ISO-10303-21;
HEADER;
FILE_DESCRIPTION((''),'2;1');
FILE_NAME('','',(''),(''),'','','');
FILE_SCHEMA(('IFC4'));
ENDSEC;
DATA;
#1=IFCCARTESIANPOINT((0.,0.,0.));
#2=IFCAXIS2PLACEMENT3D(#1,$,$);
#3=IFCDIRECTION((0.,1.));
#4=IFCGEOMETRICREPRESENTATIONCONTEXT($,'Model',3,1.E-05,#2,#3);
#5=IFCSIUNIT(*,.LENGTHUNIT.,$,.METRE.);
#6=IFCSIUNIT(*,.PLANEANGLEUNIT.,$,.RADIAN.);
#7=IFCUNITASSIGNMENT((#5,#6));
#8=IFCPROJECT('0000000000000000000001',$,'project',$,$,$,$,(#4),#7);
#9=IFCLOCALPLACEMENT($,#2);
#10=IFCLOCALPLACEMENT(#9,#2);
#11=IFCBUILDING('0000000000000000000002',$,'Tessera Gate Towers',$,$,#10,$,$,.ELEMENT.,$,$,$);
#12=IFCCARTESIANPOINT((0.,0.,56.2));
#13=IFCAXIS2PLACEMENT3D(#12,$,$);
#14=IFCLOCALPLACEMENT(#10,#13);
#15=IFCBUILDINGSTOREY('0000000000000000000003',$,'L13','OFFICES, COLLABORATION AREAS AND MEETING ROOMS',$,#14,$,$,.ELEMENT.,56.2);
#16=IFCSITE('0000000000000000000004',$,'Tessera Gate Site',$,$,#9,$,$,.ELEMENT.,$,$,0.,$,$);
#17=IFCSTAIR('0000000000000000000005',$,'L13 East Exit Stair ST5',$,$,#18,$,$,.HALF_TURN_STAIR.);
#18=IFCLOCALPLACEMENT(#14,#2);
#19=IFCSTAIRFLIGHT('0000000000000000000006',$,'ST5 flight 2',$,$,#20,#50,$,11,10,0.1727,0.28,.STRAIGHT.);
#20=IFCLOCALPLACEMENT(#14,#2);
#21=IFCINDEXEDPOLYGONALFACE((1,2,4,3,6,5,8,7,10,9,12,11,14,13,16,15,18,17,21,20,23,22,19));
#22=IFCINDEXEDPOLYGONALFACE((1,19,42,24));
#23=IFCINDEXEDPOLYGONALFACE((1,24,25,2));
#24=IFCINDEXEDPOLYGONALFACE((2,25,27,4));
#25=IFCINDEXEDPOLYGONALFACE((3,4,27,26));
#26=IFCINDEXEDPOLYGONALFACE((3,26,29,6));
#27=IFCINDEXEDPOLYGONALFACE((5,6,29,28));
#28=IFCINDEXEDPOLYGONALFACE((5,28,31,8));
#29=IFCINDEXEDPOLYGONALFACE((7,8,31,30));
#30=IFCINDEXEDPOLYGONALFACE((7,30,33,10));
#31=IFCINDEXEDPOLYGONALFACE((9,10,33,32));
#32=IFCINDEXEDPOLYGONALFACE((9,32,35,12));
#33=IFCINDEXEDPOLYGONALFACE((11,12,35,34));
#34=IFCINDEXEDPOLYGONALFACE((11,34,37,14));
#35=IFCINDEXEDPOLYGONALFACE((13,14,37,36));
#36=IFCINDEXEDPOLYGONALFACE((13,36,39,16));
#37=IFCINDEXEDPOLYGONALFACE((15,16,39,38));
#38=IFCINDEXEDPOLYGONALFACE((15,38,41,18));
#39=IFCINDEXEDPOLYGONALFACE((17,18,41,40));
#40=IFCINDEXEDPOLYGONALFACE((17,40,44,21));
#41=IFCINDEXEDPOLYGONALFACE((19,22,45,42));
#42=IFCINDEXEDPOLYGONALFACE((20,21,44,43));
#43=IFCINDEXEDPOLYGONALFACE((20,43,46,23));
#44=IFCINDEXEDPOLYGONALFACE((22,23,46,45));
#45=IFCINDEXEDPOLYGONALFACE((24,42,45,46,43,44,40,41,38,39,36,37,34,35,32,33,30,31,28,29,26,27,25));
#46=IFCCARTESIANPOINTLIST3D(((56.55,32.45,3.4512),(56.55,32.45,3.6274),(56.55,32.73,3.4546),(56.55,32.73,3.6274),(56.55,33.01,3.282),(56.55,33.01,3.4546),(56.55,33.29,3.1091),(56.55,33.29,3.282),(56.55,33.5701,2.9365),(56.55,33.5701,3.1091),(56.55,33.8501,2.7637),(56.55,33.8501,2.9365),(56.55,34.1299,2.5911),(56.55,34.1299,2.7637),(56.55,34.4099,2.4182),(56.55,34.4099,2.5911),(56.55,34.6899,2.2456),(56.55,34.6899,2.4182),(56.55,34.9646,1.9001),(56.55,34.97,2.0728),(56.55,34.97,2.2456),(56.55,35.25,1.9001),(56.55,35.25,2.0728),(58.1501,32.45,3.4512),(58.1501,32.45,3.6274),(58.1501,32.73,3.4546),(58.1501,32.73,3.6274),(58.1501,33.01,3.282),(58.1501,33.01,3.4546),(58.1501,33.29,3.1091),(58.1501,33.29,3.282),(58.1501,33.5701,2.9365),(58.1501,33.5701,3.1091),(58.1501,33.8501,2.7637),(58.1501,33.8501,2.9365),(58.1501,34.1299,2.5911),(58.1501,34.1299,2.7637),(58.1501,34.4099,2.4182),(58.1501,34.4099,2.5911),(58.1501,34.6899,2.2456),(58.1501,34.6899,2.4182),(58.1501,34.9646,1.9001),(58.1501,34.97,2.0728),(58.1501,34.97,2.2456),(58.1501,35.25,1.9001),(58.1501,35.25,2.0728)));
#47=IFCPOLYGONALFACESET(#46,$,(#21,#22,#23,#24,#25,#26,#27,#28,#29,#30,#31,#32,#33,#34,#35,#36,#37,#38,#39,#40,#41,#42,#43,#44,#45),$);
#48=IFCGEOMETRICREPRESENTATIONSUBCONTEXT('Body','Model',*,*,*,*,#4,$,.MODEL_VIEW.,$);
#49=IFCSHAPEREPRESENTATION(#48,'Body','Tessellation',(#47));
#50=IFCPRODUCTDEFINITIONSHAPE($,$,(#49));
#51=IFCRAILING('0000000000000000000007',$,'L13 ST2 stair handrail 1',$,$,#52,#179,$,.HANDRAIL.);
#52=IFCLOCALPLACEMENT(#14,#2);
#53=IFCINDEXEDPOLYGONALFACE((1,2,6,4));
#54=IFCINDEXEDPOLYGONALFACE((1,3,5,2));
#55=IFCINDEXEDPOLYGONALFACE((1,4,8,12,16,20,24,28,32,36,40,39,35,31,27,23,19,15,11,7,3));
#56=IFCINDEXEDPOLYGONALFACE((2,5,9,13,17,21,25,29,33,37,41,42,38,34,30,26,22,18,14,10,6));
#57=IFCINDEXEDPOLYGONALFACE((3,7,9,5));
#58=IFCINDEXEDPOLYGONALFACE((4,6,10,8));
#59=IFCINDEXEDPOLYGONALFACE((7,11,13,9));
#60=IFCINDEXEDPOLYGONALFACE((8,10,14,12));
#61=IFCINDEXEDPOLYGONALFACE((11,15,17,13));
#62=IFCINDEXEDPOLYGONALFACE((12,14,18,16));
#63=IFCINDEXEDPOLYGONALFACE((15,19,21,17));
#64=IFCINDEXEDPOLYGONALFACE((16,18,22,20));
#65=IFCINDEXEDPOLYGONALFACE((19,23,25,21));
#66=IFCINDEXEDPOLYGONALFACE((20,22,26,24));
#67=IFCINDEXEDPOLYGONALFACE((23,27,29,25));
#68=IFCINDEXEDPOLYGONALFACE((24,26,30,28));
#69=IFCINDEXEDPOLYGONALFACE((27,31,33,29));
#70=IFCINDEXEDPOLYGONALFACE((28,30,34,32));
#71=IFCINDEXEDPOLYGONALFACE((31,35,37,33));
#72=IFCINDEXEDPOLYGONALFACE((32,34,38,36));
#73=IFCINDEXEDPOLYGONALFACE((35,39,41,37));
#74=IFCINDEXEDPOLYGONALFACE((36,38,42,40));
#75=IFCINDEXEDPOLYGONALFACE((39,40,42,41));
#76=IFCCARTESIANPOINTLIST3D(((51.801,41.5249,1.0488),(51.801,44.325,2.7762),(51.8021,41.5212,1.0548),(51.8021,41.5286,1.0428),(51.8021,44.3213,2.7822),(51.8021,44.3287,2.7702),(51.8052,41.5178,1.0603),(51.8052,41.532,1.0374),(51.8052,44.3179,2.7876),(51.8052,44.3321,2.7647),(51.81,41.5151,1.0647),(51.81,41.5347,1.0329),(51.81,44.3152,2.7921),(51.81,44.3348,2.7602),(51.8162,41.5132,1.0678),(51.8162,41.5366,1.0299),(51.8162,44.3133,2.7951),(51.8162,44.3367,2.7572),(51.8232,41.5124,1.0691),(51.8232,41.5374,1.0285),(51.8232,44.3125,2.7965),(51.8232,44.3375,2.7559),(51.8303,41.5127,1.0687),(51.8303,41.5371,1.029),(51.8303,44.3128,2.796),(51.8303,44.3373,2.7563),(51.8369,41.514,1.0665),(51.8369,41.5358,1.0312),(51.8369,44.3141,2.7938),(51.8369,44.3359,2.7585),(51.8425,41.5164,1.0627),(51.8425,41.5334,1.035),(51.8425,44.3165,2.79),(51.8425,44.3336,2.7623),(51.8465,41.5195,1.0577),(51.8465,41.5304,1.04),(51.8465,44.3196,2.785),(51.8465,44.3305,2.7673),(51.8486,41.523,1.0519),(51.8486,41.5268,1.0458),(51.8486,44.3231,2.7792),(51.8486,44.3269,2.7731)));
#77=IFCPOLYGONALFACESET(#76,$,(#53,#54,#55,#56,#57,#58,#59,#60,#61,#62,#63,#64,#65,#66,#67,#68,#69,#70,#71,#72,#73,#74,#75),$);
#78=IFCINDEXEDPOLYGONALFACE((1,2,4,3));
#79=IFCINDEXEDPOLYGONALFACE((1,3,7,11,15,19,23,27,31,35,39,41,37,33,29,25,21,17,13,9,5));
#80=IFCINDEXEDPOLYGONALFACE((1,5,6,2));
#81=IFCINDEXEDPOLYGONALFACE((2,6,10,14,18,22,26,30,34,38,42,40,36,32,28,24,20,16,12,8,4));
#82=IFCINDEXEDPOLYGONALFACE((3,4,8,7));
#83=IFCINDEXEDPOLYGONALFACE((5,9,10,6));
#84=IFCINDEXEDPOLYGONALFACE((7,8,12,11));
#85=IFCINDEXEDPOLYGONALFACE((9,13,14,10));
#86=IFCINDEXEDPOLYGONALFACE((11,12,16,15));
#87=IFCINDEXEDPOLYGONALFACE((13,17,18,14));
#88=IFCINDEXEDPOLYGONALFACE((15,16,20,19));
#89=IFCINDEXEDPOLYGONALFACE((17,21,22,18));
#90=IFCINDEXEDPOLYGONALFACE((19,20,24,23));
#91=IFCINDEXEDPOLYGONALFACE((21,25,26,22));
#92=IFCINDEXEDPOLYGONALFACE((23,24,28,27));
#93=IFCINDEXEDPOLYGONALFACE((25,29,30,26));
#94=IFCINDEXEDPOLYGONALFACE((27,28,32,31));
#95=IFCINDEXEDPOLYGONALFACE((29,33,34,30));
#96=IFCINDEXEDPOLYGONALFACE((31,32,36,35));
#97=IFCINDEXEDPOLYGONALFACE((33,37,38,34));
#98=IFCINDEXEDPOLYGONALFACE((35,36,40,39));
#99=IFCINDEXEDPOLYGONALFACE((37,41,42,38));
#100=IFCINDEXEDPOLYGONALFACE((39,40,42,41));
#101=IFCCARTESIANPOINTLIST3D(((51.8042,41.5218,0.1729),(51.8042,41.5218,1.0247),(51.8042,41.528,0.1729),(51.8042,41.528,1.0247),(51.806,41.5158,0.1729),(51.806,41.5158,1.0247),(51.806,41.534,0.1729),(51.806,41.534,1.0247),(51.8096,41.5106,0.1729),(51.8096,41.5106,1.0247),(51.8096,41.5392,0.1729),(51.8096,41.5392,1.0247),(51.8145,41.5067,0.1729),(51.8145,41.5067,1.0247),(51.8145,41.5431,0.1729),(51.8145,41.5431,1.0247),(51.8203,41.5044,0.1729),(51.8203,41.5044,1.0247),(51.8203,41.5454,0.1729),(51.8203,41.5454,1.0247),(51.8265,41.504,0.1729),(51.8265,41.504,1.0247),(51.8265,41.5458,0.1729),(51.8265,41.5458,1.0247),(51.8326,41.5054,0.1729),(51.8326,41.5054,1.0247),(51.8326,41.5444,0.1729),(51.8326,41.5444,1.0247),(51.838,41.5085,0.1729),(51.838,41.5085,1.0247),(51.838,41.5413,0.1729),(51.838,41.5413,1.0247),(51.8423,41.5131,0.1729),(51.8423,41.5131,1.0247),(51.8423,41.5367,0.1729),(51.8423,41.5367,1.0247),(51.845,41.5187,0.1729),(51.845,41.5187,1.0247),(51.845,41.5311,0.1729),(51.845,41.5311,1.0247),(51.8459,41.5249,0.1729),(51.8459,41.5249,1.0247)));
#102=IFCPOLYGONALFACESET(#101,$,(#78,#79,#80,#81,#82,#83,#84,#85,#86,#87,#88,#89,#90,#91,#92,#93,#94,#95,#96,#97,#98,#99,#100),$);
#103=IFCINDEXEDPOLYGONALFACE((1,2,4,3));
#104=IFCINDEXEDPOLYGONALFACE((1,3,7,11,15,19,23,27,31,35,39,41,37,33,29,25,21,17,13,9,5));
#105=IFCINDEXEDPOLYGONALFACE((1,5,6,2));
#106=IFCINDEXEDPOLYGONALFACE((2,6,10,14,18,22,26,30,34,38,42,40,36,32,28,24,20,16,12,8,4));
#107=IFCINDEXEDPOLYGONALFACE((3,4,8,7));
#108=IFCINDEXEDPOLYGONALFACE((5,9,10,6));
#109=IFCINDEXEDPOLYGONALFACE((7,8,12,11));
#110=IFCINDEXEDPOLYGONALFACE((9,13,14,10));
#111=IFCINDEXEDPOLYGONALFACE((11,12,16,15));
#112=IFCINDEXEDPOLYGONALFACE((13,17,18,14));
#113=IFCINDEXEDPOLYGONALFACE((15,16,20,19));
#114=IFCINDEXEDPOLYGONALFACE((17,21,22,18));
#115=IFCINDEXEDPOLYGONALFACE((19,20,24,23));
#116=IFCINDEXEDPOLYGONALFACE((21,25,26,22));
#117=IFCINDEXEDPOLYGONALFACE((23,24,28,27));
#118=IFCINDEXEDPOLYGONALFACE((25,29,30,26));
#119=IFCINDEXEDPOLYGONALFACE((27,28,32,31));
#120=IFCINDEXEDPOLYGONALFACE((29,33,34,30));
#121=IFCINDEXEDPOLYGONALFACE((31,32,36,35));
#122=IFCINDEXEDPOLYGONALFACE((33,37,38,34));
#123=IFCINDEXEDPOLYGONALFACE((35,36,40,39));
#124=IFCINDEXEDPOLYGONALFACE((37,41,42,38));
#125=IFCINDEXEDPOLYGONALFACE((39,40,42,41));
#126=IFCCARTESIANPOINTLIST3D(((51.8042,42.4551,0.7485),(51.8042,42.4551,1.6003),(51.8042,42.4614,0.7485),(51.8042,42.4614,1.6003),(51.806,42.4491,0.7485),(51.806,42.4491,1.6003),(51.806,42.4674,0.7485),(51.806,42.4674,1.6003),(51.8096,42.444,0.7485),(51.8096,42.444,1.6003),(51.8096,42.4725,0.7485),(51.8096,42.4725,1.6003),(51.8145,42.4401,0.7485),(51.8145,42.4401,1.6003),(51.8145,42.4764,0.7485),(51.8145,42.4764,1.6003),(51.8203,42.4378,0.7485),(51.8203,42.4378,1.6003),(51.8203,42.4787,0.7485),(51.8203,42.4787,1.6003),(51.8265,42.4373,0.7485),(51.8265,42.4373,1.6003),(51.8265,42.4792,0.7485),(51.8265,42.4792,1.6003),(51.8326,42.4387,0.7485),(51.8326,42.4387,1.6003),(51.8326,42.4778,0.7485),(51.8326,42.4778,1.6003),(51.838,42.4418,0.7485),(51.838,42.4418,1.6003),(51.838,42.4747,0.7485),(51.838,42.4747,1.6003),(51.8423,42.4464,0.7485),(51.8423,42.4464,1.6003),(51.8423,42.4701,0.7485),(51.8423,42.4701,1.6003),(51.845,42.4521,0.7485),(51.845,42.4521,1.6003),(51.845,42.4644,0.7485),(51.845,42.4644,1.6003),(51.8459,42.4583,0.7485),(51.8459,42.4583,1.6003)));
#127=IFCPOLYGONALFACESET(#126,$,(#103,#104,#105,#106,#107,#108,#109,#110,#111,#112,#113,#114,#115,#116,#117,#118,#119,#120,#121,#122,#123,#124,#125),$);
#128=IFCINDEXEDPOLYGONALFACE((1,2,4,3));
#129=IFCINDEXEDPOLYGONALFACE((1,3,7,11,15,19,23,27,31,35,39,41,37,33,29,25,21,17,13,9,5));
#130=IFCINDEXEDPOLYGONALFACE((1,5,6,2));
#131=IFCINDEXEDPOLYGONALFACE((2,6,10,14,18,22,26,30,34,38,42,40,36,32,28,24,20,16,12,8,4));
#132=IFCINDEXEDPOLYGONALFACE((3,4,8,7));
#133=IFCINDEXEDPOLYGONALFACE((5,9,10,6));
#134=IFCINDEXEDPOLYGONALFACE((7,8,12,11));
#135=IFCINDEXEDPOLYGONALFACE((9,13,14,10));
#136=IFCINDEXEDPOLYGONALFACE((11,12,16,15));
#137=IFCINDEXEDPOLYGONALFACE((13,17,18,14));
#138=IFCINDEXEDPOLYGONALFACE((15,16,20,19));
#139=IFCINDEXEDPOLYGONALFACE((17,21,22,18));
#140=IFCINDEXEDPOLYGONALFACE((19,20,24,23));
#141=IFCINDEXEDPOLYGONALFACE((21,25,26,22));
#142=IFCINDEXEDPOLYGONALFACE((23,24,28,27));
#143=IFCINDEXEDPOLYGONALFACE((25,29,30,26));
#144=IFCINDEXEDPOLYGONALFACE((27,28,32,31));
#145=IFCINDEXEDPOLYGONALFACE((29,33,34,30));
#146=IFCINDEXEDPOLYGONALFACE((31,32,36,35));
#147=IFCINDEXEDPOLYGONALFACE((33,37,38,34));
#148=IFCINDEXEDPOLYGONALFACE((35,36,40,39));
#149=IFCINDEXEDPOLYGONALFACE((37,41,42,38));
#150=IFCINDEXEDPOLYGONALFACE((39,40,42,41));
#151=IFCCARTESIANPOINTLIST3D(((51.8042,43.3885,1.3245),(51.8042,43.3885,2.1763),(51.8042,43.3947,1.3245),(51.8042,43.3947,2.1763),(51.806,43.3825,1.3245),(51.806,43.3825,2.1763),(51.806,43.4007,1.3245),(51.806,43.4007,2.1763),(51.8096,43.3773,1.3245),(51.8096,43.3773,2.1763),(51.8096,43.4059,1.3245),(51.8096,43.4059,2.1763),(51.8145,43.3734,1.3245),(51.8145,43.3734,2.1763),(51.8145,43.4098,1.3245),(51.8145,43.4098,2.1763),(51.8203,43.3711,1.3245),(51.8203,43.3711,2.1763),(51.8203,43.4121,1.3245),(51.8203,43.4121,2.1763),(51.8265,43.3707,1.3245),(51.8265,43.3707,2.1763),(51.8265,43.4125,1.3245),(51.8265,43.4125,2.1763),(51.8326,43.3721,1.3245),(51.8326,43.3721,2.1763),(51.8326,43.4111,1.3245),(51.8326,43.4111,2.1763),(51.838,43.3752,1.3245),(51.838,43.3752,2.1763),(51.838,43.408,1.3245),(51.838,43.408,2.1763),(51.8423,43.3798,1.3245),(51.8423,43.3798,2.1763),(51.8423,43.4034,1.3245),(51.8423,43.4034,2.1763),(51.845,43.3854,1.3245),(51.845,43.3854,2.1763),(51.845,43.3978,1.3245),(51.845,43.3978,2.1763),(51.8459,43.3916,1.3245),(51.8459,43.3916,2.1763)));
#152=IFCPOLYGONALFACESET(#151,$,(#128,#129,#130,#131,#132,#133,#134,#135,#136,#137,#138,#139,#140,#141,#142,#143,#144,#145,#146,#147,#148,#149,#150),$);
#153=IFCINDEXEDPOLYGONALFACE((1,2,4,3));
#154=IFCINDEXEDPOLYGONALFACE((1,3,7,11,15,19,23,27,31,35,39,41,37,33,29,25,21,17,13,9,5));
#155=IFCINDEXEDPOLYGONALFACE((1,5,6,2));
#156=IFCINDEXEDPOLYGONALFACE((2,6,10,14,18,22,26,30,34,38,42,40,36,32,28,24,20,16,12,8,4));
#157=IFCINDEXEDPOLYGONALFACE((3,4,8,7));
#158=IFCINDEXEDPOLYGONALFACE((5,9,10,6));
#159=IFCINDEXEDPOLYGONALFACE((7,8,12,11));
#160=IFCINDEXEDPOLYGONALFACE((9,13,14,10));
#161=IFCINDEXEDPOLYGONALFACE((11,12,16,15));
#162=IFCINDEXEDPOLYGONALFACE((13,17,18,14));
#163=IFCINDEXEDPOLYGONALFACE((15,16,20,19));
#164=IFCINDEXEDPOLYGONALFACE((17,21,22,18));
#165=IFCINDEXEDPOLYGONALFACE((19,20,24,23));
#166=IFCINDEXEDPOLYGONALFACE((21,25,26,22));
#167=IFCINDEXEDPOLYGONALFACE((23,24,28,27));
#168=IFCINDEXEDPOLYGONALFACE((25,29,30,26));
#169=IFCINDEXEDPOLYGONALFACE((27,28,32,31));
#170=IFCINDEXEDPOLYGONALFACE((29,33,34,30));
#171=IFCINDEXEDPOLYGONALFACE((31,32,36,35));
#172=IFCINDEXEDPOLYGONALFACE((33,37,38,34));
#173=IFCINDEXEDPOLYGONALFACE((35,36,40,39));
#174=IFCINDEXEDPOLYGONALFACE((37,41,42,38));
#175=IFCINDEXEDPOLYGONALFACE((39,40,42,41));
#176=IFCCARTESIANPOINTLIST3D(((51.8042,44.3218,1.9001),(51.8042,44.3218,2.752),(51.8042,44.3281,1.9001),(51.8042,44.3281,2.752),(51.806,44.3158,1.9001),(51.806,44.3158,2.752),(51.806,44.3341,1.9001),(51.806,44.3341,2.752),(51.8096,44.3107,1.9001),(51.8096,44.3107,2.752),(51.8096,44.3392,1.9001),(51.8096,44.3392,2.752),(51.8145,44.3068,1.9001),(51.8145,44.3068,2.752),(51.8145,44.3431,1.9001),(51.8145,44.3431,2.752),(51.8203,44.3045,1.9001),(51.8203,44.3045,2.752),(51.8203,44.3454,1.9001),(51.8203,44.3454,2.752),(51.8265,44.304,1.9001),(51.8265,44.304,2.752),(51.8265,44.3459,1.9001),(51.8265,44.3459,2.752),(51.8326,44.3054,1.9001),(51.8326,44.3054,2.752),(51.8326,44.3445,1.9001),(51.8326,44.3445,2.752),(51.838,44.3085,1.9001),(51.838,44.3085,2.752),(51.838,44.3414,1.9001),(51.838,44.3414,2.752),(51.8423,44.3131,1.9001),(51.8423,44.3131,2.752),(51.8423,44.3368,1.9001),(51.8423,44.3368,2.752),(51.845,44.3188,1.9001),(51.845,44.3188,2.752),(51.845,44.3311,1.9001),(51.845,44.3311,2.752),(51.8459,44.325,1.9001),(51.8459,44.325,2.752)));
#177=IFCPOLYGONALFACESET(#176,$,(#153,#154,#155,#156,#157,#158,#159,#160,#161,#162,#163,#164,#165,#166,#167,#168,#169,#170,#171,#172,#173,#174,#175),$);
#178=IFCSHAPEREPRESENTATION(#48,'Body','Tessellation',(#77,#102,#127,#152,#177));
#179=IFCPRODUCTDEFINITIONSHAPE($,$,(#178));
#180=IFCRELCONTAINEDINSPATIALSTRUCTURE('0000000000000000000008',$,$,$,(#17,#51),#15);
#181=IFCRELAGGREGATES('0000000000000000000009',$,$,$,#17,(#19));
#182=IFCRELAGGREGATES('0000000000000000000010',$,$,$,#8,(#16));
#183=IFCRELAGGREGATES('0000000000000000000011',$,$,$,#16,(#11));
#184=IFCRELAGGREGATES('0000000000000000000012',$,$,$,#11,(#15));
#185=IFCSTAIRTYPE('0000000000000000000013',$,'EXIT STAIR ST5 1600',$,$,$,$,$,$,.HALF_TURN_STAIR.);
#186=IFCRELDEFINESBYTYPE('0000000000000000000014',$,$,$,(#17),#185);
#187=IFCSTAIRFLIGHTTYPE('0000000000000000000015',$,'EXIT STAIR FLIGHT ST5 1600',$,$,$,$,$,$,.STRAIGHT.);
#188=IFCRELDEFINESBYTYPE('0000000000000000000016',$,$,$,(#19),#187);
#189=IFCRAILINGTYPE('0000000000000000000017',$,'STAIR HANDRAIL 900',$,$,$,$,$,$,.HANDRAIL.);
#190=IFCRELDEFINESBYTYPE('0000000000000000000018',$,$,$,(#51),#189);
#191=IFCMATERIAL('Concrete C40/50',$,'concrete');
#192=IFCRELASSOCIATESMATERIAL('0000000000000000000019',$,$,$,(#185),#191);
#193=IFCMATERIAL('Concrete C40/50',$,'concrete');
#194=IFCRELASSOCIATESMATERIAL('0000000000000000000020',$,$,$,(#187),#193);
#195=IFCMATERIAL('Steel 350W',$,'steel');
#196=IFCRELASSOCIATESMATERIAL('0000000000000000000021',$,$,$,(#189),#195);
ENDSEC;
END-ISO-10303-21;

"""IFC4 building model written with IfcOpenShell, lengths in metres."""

from ifc_helpers import new_model, si_unit, direction, frame, origin, origin_2d, place, context, subcontext, project, spatial, polyline, circle, outline, extrude, material, type_object, element, aggregate, save


model = new_model("IFC4")

# Units and contexts
model_context = context("Model", 3, precision=1e-05, world=origin(), true_north=direction((0.0, 1.0)))
body_context = subcontext(model_context, "Body", "Model", "MODEL_VIEW")
ifc_project = project(units=[si_unit("LENGTHUNIT", "METRE"), si_unit("PLANEANGLEUNIT", "RADIAN")], contexts=[model_context])

# Site, building, storey
site_placement = place(None, origin())
site = spatial("IfcSite", under=ifc_project, at=site_placement, Name="Tessera Gate Site", CompositionType="ELEMENT", RefElevation=0.0)
building_placement = place(site_placement, origin())
building = spatial("IfcBuilding", under=site, at=building_placement, Name="Tessera Gate Towers", CompositionType="ELEMENT")
storey_placement = place(building_placement, frame((0.0, 0.0, 56.2)))
storey = spatial("IfcBuildingStorey", under=building, at=storey_placement, Name="L13", Description="OFFICES, COLLABORATION AREAS AND MEETING ROOMS", CompositionType="ELEMENT", Elevation=56.2)

# Stair, stair flight
ifc_material_1 = material(Name="Concrete C40/50", Category="concrete")
stair_type_1 = type_object("IfcStairType", Name="EXIT STAIR ST5 1600", PredefinedType="HALF_TURN_STAIR", material=ifc_material_1)
stair_1_placement = place(storey_placement, origin())
stair_1 = element("IfcStair", 1, at=stair_1_placement, inside=storey, type_object=stair_type_1, Name="L13 East Exit Stair ST5", PredefinedType="HALF_TURN_STAIR")
ifc_material_2 = material(Name="Concrete C40/50", Category="concrete")
stair_flight_type_1 = type_object("IfcStairFlightType", Name="EXIT STAIR FLIGHT ST5 1600", PredefinedType="STRAIGHT", material=ifc_material_2)
stair_flight_1_placement = place(storey_placement, frame((57.3501, 35.25, 1.9001), z_axis=(0.0, 0.0, 1.0), x_axis=(0.0, -1.0, 0.0)))
stair_flight_1 = element("IfcStairFlight", 2, at=stair_flight_1_placement, type_object=stair_flight_type_1, Name="ST5 flight 2", NumberOfRisers=11, NumberOfTreads=10, PredefinedType="STRAIGHT", RiserHeight=0.1727, TreadLength=0.28, context=body_context, shape_type="SweptSolid", body=[
    extrude(outline(polyline([(0.0, 0.0), (0.0, 0.1726), (0.28, 0.1726), (0.28, 0.3455), (0.5601, 0.3455), (0.5601, 0.5181), (0.8401, 0.5181), (0.8401, 0.6909), (1.1201, 0.6909), (1.1201, 0.8635), (1.3999, 0.8635), (1.3999, 1.0364), (1.6799, 1.0364), (1.6799, 1.209), (1.96, 1.209), (1.96, 1.3818), (2.24, 1.3818), (2.24, 1.5544), (2.52, 1.5544), (2.52, 1.7273), (2.8, 1.7273), (2.8, 1.8999), (2.8, 1.551), (0.2854, 0.0), (0.0, 0.0)])), frame((0.0, 0.8, 0.0), z_axis=(0.0, -1.0, 0.0), x_axis=(1.0, 0.0, 0.0)), (0.0, 0.0, 1.0), 1.6001),
])
aggregate(stair_1, [stair_flight_1])

# Railing
ifc_material_3 = material(Name="Steel 350W", Category="steel")
railing_type_1 = type_object("IfcRailingType", Name="STAIR HANDRAIL 900", PredefinedType="HANDRAIL", material=ifc_material_3)
for number, where, name in (
    (3, (51.825, 41.5249, 0.1729), "L13 ST2 stair handrail 1"),
):
    element("IfcRailing", number, at=place(storey_placement, frame(where)), inside=storey, type_object=railing_type_1, Name=name, PredefinedType="HANDRAIL", context=body_context, shape_type="SweptSolid", body=[
        extrude(circle(Radius=0.0239, at=origin_2d()), frame((0.0, 0.0, 0.876), z_axis=(0.0, 0.85109, 0.52502), x_axis=(-1.0, 0.0, 0.0)), (0.0, 0.0, 1.0), 3.29),
        extrude(circle(Radius=0.021, at=origin_2d()), origin(), (0.0, 0.0, 1.0), 0.8518),
        extrude(circle(Radius=0.021, at=origin_2d()), frame((0.0, 0.9333, 0.5757)), (0.0, 0.0, 1.0), 0.8518),
        extrude(circle(Radius=0.021, at=origin_2d()), frame((0.0, 1.8667, 1.1516)), (0.0, 0.0, 1.0), 0.8518),
        extrude(circle(Radius=0.021, at=origin_2d()), frame((0.0, 2.8, 1.7273)), (0.0, 0.0, 1.0), 0.8518),
    ])

save(model, "model.ifc")
